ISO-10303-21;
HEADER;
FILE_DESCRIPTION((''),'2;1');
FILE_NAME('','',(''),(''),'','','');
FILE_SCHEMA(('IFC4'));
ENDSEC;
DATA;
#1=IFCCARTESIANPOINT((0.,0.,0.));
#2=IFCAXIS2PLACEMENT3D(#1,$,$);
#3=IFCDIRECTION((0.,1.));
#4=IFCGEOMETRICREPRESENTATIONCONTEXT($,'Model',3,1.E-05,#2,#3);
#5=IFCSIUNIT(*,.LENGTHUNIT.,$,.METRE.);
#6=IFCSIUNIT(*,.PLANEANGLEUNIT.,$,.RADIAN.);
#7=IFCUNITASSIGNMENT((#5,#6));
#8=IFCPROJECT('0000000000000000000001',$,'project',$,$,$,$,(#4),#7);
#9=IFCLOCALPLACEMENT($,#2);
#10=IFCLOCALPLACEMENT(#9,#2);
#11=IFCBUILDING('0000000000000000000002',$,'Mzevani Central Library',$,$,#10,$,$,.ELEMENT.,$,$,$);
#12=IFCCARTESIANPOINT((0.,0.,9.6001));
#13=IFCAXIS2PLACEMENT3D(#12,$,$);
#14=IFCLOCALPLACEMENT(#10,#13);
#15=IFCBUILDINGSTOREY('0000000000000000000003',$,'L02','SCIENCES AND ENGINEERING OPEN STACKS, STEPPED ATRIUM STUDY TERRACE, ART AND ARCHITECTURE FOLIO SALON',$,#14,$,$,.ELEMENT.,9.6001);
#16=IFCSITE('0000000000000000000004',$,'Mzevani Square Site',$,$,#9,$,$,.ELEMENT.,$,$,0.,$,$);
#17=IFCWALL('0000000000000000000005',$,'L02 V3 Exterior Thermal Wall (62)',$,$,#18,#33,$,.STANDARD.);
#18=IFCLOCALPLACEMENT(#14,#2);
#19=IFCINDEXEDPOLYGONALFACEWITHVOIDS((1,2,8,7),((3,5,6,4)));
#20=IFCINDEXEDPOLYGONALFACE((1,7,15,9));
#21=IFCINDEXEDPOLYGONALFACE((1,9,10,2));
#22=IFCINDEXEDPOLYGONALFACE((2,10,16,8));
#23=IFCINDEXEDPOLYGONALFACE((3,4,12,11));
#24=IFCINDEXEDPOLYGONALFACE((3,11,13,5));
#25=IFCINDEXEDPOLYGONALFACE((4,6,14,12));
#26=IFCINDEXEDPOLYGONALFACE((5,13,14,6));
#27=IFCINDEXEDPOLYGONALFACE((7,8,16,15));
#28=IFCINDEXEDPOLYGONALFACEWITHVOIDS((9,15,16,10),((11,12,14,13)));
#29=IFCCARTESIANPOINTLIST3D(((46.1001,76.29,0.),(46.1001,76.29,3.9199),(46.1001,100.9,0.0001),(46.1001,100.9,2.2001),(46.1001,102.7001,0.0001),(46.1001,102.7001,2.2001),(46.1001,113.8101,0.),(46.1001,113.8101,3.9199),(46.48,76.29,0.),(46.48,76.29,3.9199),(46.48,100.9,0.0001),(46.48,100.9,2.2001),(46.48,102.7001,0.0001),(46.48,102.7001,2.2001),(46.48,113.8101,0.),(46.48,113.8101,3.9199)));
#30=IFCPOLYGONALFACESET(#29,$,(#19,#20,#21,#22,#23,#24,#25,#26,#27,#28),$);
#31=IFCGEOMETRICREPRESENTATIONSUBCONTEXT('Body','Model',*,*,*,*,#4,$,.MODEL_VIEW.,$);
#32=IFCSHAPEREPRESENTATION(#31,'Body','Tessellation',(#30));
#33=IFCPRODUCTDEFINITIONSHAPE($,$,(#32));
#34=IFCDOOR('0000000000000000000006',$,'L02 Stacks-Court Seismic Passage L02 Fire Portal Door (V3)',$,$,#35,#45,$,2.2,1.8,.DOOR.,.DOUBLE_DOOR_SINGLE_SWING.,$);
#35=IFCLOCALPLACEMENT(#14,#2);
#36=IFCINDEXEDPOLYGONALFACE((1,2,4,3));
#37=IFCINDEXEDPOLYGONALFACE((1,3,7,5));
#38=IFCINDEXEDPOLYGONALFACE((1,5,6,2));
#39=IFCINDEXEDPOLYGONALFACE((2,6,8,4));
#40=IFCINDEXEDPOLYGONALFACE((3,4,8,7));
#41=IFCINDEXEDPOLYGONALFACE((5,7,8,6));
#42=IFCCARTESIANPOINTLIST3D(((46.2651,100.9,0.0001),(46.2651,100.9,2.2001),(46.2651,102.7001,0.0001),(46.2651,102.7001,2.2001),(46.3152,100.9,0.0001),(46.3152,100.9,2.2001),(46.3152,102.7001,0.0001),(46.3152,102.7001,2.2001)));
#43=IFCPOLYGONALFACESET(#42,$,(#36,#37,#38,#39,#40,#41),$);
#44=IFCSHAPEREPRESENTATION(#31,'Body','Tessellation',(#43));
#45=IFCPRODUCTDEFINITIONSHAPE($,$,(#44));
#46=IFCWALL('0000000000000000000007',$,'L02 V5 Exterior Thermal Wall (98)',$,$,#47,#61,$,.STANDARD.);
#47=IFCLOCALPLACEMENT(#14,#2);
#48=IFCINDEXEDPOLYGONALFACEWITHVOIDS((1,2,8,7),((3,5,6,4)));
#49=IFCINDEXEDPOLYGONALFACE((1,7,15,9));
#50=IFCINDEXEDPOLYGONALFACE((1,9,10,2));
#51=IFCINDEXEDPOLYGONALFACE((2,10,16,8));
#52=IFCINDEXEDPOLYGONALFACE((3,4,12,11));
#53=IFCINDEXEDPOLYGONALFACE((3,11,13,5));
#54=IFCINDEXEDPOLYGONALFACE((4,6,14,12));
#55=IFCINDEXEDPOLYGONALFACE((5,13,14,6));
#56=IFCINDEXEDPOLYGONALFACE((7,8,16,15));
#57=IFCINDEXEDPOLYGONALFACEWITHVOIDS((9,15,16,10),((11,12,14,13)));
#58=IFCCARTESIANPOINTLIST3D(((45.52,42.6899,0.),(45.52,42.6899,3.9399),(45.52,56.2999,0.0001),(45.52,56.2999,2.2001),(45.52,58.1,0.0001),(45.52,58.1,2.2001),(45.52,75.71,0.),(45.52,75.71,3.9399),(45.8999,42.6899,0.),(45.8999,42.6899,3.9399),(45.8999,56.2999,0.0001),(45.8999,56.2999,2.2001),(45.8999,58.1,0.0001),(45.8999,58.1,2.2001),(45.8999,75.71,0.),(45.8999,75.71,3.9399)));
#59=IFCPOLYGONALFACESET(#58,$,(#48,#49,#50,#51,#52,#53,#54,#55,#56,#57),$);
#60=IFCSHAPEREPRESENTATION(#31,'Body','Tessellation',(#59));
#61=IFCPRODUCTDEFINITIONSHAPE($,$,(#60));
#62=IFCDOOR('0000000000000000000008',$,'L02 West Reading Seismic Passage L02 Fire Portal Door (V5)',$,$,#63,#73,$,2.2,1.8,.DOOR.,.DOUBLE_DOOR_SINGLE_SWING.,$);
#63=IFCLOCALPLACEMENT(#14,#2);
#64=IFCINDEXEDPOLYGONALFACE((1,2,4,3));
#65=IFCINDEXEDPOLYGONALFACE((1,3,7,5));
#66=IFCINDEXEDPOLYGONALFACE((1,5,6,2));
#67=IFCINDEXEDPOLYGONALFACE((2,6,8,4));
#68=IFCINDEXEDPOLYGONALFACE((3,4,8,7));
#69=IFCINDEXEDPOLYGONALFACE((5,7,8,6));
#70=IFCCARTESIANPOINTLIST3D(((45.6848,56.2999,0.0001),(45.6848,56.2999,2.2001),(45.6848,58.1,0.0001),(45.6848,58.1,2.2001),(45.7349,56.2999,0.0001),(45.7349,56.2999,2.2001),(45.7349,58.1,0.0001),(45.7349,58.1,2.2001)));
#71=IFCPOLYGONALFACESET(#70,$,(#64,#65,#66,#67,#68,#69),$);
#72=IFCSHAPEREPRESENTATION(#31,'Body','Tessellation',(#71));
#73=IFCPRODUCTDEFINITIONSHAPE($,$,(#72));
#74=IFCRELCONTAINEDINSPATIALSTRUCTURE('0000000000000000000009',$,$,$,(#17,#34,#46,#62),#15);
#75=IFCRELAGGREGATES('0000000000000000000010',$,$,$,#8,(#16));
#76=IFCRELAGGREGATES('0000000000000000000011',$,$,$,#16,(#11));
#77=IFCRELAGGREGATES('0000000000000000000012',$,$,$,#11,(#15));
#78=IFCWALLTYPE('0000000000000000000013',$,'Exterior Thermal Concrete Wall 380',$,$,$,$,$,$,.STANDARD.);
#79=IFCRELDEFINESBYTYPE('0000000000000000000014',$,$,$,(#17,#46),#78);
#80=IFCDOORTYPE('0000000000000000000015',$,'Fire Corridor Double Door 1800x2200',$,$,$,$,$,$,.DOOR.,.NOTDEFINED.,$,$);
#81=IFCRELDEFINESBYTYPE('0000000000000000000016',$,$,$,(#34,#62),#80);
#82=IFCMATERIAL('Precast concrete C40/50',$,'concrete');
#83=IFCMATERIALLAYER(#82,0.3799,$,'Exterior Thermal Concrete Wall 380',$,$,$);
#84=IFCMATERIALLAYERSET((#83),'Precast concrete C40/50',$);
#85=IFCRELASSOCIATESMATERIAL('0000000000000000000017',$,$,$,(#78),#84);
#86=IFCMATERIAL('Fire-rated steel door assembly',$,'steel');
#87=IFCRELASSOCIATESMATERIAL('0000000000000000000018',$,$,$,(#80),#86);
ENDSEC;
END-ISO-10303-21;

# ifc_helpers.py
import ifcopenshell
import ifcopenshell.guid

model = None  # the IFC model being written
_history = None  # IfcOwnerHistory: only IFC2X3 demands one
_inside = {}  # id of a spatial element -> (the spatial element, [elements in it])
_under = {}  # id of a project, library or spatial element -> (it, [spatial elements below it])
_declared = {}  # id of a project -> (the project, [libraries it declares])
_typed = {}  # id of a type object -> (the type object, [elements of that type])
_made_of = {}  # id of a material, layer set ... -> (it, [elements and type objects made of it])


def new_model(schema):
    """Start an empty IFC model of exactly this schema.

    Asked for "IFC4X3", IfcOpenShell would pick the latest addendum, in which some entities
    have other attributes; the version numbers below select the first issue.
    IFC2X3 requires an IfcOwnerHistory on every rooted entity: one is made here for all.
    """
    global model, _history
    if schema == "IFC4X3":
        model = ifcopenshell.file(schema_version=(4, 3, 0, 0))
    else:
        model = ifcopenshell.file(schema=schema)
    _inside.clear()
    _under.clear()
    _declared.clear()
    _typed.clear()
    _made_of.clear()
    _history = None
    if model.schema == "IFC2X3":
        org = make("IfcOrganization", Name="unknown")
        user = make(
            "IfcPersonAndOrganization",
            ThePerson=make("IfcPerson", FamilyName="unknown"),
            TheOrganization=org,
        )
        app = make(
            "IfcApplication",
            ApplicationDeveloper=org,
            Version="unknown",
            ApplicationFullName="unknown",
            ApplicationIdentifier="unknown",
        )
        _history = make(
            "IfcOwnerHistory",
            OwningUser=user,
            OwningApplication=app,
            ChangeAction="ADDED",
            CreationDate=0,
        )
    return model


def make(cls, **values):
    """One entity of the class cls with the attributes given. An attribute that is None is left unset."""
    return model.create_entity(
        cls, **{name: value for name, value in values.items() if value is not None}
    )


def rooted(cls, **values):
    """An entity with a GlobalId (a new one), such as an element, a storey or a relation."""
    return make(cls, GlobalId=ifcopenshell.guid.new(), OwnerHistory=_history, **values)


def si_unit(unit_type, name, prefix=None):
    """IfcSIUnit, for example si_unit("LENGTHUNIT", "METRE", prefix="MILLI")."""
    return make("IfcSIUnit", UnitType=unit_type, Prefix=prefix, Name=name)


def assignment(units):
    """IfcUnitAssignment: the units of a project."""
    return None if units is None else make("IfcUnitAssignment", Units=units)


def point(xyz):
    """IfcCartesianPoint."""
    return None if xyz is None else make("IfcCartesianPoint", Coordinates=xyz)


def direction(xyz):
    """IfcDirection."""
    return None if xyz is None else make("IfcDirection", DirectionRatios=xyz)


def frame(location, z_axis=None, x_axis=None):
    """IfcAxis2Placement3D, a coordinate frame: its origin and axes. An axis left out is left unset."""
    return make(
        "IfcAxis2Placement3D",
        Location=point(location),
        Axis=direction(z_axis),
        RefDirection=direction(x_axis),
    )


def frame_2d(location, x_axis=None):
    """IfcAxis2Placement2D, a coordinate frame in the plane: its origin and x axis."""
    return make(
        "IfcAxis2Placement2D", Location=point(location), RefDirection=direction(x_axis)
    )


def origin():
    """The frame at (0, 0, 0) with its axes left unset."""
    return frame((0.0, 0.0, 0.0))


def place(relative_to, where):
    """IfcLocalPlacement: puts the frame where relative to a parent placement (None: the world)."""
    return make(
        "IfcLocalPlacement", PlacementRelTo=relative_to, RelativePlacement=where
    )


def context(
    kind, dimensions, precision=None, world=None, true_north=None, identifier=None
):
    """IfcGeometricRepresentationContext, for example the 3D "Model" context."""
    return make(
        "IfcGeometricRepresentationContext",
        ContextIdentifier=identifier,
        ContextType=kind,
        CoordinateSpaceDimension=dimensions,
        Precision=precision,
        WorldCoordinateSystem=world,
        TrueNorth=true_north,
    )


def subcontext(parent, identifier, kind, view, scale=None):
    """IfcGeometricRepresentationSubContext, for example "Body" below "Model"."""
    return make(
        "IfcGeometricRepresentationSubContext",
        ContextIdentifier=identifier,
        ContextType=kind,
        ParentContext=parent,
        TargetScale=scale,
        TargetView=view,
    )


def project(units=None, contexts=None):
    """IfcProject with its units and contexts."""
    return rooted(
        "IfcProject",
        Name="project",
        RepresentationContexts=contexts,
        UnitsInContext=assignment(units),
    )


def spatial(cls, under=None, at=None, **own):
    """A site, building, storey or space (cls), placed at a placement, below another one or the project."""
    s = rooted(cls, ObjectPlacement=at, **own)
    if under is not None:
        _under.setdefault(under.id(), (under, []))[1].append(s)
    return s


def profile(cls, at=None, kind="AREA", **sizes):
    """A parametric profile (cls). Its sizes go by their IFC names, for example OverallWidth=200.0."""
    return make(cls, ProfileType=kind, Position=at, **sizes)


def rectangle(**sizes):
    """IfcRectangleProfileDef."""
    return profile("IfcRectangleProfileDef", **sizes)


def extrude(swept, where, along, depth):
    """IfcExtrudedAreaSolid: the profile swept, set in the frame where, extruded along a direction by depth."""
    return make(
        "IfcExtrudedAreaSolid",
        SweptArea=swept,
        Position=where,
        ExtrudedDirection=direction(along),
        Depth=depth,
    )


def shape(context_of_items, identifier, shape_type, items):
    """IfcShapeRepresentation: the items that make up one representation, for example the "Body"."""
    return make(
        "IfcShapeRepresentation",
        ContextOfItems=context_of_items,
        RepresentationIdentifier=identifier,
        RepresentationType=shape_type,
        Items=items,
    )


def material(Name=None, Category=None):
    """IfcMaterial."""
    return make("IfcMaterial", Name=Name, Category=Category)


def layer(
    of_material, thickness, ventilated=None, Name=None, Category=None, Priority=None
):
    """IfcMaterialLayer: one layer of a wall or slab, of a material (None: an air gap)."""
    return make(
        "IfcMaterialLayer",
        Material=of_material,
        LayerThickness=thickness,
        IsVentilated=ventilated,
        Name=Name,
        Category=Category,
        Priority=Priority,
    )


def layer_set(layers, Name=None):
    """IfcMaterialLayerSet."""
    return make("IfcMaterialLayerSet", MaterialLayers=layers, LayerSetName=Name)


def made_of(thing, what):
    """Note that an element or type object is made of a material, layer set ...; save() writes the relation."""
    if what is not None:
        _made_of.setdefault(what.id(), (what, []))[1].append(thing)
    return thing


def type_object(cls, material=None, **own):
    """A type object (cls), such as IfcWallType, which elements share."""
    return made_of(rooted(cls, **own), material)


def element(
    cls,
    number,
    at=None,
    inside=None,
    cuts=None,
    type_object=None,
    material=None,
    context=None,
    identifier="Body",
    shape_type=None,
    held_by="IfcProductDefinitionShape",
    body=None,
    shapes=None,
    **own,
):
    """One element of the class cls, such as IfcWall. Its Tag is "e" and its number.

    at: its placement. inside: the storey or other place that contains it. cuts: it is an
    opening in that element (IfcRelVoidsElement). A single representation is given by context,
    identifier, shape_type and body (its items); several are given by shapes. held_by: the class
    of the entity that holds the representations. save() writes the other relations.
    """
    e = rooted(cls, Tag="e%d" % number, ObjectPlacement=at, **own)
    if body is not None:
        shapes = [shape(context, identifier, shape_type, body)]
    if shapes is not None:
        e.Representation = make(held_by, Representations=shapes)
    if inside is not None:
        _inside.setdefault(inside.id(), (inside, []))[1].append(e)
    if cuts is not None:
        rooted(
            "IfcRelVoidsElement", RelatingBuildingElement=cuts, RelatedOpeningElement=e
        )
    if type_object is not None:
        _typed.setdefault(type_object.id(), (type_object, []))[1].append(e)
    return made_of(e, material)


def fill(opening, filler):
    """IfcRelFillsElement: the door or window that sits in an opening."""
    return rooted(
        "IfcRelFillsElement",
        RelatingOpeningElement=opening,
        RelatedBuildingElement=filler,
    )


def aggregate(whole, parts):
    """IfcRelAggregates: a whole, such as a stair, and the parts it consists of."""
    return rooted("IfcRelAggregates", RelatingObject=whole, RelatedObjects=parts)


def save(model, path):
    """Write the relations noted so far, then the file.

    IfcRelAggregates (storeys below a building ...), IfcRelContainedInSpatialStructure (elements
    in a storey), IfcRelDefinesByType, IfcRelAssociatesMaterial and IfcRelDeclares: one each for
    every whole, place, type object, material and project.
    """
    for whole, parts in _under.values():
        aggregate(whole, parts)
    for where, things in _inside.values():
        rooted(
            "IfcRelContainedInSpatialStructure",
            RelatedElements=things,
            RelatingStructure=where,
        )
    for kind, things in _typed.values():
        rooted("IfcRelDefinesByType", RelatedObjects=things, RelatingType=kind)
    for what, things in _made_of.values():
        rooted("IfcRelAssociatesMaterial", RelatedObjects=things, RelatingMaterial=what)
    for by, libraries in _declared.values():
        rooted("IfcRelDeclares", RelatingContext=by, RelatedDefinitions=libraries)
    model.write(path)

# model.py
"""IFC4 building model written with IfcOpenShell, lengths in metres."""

from ifc_helpers import new_model, si_unit, direction, frame, frame_2d, origin, place, context, subcontext, project, spatial, rectangle, extrude, material, layer, layer_set, type_object, element, fill, save


model = new_model("IFC4")

# Units and contexts
model_context = context("Model", 3, precision=1e-05, world=origin(), true_north=direction((0.0, 1.0)))
body_context = subcontext(model_context, "Body", "Model", "MODEL_VIEW")
ifc_project = project(units=[si_unit("LENGTHUNIT", "METRE"), si_unit("PLANEANGLEUNIT", "RADIAN")], contexts=[model_context])

# Site, building, storey
site_placement = place(None, origin())
site = spatial("IfcSite", under=ifc_project, at=site_placement, Name="Mzevani Square Site", CompositionType="ELEMENT", RefElevation=0.0)
building_placement = place(site_placement, origin())
building = spatial("IfcBuilding", under=site, at=building_placement, Name="Mzevani Central Library", CompositionType="ELEMENT")
storey_placement = place(building_placement, frame((0.0, 0.0, 9.6001)))
storey = spatial("IfcBuildingStorey", under=building, at=storey_placement, Name="L02", Description="SCIENCES AND ENGINEERING OPEN STACKS, STEPPED ATRIUM STUDY TERRACE, ART AND ARCHITECTURE FOLIO SALON", CompositionType="ELEMENT", Elevation=9.6001)

# Shared definitions
ifc_material_1 = material(Name="Precast concrete C40/50", Category="concrete")
ifc_layer_1 = layer(ifc_material_1, 0.3799, Name="Exterior Thermal Concrete Wall 380")
ifc_layer_set_1 = layer_set([ifc_layer_1], Name="Precast concrete C40/50")
wall_type_1 = type_object("IfcWallType", Name="Exterior Thermal Concrete Wall 380", PredefinedType="STANDARD", material=ifc_layer_set_1)

# Walls, openings, doors
wall_1_placement = place(storey_placement, frame((46.29, 76.29, 0.0), z_axis=(0.0, 0.0, 1.0), x_axis=(0.0, 1.0, 0.0)))
wall_1 = element("IfcWall", 1, at=wall_1_placement, inside=storey, type_object=wall_type_1, Name="L02 V3 Exterior Thermal Wall (62)", PredefinedType="STANDARD", context=body_context, shape_type="SweptSolid", body=[
    extrude(rectangle(XDim=37.52, YDim=0.3799, at=frame_2d((18.76, 0.0))), origin(), (0.0, 0.0, 1.0), 3.9199),
])
opening_1_placement = place(wall_1_placement, frame((24.6101, 0.0, 0.0)))
opening_1 = element("IfcOpeningElement", 2, at=opening_1_placement, cuts=wall_1, PredefinedType="OPENING", context=body_context, shape_type="SweptSolid", body=[
    extrude(rectangle(XDim=1.8, YDim=2.2, at=frame_2d((0.8999, 1.1001))), frame((0.0, 0.2, 0.0), z_axis=(0.0, -1.0, 0.0), x_axis=(1.0, 0.0, 0.0)), (0.0, 0.0, 1.0), 0.3999),
])
ifc_material_2 = material(Name="Fire-rated steel door assembly", Category="steel")
door_type = type_object("IfcDoorType", Name="Fire Corridor Double Door 1800x2200", OperationType="NOTDEFINED", PredefinedType="DOOR", material=ifc_material_2)
door_1_placement = place(opening_1_placement, origin())
door_1 = element("IfcDoor", 3, at=door_1_placement, inside=storey, type_object=door_type, Name="L02 Stacks-Court Seismic Passage L02 Fire Portal Door (V3)", OperationType="DOUBLE_DOOR_SINGLE_SWING", OverallHeight=2.2, OverallWidth=1.8, PredefinedType="DOOR", context=body_context, shape_type="SweptSolid", body=[
    extrude(rectangle(XDim=1.8, YDim=2.2, at=frame_2d((0.8999, 1.1001))), frame((0.0, 0.0249, 0.0), z_axis=(0.0, -1.0, 0.0), x_axis=(1.0, 0.0, 0.0)), (0.0, 0.0, 1.0), 0.05),
])
fill(opening_1, door_1)
wall_2_placement = place(storey_placement, frame((45.71, 75.71, 0.0), z_axis=(0.0, 0.0, 1.0), x_axis=(0.0, -1.0, 0.0)))
wall_2 = element("IfcWall", 4, at=wall_2_placement, inside=storey, type_object=wall_type_1, Name="L02 V5 Exterior Thermal Wall (98)", PredefinedType="STANDARD", context=body_context, shape_type="SweptSolid", body=[
    extrude(rectangle(XDim=33.02, YDim=0.3799, at=frame_2d((16.51, 0.0))), origin(), (0.0, 0.0, 1.0), 3.9399),
])
opening_2_placement = place(wall_2_placement, frame((17.6101, 0.0, 0.0)))
opening_2 = element("IfcOpeningElement", 5, at=opening_2_placement, cuts=wall_2, PredefinedType="OPENING", context=body_context, shape_type="SweptSolid", body=[
    extrude(rectangle(XDim=1.8, YDim=2.2, at=frame_2d((0.8999, 1.1001))), frame((0.0, 0.2, 0.0), z_axis=(0.0, -1.0, 0.0), x_axis=(1.0, 0.0, 0.0)), (0.0, 0.0, 1.0), 0.3999),
])
door_2_placement = place(opening_2_placement, origin())
door_2 = element("IfcDoor", 6, at=door_2_placement, inside=storey, type_object=door_type, Name="L02 West Reading Seismic Passage L02 Fire Portal Door (V5)", OperationType="DOUBLE_DOOR_SINGLE_SWING", OverallHeight=2.2, OverallWidth=1.8, PredefinedType="DOOR", context=body_context, shape_type="SweptSolid", body=[
    extrude(rectangle(XDim=1.8, YDim=2.2, at=frame_2d((0.8999, 1.1001))), frame((0.0, 0.0249, 0.0), z_axis=(0.0, -1.0, 0.0), x_axis=(1.0, 0.0, 0.0)), (0.0, 0.0, 1.0), 0.05),
])
fill(opening_2, door_2)

save(model, "model.ifc")
